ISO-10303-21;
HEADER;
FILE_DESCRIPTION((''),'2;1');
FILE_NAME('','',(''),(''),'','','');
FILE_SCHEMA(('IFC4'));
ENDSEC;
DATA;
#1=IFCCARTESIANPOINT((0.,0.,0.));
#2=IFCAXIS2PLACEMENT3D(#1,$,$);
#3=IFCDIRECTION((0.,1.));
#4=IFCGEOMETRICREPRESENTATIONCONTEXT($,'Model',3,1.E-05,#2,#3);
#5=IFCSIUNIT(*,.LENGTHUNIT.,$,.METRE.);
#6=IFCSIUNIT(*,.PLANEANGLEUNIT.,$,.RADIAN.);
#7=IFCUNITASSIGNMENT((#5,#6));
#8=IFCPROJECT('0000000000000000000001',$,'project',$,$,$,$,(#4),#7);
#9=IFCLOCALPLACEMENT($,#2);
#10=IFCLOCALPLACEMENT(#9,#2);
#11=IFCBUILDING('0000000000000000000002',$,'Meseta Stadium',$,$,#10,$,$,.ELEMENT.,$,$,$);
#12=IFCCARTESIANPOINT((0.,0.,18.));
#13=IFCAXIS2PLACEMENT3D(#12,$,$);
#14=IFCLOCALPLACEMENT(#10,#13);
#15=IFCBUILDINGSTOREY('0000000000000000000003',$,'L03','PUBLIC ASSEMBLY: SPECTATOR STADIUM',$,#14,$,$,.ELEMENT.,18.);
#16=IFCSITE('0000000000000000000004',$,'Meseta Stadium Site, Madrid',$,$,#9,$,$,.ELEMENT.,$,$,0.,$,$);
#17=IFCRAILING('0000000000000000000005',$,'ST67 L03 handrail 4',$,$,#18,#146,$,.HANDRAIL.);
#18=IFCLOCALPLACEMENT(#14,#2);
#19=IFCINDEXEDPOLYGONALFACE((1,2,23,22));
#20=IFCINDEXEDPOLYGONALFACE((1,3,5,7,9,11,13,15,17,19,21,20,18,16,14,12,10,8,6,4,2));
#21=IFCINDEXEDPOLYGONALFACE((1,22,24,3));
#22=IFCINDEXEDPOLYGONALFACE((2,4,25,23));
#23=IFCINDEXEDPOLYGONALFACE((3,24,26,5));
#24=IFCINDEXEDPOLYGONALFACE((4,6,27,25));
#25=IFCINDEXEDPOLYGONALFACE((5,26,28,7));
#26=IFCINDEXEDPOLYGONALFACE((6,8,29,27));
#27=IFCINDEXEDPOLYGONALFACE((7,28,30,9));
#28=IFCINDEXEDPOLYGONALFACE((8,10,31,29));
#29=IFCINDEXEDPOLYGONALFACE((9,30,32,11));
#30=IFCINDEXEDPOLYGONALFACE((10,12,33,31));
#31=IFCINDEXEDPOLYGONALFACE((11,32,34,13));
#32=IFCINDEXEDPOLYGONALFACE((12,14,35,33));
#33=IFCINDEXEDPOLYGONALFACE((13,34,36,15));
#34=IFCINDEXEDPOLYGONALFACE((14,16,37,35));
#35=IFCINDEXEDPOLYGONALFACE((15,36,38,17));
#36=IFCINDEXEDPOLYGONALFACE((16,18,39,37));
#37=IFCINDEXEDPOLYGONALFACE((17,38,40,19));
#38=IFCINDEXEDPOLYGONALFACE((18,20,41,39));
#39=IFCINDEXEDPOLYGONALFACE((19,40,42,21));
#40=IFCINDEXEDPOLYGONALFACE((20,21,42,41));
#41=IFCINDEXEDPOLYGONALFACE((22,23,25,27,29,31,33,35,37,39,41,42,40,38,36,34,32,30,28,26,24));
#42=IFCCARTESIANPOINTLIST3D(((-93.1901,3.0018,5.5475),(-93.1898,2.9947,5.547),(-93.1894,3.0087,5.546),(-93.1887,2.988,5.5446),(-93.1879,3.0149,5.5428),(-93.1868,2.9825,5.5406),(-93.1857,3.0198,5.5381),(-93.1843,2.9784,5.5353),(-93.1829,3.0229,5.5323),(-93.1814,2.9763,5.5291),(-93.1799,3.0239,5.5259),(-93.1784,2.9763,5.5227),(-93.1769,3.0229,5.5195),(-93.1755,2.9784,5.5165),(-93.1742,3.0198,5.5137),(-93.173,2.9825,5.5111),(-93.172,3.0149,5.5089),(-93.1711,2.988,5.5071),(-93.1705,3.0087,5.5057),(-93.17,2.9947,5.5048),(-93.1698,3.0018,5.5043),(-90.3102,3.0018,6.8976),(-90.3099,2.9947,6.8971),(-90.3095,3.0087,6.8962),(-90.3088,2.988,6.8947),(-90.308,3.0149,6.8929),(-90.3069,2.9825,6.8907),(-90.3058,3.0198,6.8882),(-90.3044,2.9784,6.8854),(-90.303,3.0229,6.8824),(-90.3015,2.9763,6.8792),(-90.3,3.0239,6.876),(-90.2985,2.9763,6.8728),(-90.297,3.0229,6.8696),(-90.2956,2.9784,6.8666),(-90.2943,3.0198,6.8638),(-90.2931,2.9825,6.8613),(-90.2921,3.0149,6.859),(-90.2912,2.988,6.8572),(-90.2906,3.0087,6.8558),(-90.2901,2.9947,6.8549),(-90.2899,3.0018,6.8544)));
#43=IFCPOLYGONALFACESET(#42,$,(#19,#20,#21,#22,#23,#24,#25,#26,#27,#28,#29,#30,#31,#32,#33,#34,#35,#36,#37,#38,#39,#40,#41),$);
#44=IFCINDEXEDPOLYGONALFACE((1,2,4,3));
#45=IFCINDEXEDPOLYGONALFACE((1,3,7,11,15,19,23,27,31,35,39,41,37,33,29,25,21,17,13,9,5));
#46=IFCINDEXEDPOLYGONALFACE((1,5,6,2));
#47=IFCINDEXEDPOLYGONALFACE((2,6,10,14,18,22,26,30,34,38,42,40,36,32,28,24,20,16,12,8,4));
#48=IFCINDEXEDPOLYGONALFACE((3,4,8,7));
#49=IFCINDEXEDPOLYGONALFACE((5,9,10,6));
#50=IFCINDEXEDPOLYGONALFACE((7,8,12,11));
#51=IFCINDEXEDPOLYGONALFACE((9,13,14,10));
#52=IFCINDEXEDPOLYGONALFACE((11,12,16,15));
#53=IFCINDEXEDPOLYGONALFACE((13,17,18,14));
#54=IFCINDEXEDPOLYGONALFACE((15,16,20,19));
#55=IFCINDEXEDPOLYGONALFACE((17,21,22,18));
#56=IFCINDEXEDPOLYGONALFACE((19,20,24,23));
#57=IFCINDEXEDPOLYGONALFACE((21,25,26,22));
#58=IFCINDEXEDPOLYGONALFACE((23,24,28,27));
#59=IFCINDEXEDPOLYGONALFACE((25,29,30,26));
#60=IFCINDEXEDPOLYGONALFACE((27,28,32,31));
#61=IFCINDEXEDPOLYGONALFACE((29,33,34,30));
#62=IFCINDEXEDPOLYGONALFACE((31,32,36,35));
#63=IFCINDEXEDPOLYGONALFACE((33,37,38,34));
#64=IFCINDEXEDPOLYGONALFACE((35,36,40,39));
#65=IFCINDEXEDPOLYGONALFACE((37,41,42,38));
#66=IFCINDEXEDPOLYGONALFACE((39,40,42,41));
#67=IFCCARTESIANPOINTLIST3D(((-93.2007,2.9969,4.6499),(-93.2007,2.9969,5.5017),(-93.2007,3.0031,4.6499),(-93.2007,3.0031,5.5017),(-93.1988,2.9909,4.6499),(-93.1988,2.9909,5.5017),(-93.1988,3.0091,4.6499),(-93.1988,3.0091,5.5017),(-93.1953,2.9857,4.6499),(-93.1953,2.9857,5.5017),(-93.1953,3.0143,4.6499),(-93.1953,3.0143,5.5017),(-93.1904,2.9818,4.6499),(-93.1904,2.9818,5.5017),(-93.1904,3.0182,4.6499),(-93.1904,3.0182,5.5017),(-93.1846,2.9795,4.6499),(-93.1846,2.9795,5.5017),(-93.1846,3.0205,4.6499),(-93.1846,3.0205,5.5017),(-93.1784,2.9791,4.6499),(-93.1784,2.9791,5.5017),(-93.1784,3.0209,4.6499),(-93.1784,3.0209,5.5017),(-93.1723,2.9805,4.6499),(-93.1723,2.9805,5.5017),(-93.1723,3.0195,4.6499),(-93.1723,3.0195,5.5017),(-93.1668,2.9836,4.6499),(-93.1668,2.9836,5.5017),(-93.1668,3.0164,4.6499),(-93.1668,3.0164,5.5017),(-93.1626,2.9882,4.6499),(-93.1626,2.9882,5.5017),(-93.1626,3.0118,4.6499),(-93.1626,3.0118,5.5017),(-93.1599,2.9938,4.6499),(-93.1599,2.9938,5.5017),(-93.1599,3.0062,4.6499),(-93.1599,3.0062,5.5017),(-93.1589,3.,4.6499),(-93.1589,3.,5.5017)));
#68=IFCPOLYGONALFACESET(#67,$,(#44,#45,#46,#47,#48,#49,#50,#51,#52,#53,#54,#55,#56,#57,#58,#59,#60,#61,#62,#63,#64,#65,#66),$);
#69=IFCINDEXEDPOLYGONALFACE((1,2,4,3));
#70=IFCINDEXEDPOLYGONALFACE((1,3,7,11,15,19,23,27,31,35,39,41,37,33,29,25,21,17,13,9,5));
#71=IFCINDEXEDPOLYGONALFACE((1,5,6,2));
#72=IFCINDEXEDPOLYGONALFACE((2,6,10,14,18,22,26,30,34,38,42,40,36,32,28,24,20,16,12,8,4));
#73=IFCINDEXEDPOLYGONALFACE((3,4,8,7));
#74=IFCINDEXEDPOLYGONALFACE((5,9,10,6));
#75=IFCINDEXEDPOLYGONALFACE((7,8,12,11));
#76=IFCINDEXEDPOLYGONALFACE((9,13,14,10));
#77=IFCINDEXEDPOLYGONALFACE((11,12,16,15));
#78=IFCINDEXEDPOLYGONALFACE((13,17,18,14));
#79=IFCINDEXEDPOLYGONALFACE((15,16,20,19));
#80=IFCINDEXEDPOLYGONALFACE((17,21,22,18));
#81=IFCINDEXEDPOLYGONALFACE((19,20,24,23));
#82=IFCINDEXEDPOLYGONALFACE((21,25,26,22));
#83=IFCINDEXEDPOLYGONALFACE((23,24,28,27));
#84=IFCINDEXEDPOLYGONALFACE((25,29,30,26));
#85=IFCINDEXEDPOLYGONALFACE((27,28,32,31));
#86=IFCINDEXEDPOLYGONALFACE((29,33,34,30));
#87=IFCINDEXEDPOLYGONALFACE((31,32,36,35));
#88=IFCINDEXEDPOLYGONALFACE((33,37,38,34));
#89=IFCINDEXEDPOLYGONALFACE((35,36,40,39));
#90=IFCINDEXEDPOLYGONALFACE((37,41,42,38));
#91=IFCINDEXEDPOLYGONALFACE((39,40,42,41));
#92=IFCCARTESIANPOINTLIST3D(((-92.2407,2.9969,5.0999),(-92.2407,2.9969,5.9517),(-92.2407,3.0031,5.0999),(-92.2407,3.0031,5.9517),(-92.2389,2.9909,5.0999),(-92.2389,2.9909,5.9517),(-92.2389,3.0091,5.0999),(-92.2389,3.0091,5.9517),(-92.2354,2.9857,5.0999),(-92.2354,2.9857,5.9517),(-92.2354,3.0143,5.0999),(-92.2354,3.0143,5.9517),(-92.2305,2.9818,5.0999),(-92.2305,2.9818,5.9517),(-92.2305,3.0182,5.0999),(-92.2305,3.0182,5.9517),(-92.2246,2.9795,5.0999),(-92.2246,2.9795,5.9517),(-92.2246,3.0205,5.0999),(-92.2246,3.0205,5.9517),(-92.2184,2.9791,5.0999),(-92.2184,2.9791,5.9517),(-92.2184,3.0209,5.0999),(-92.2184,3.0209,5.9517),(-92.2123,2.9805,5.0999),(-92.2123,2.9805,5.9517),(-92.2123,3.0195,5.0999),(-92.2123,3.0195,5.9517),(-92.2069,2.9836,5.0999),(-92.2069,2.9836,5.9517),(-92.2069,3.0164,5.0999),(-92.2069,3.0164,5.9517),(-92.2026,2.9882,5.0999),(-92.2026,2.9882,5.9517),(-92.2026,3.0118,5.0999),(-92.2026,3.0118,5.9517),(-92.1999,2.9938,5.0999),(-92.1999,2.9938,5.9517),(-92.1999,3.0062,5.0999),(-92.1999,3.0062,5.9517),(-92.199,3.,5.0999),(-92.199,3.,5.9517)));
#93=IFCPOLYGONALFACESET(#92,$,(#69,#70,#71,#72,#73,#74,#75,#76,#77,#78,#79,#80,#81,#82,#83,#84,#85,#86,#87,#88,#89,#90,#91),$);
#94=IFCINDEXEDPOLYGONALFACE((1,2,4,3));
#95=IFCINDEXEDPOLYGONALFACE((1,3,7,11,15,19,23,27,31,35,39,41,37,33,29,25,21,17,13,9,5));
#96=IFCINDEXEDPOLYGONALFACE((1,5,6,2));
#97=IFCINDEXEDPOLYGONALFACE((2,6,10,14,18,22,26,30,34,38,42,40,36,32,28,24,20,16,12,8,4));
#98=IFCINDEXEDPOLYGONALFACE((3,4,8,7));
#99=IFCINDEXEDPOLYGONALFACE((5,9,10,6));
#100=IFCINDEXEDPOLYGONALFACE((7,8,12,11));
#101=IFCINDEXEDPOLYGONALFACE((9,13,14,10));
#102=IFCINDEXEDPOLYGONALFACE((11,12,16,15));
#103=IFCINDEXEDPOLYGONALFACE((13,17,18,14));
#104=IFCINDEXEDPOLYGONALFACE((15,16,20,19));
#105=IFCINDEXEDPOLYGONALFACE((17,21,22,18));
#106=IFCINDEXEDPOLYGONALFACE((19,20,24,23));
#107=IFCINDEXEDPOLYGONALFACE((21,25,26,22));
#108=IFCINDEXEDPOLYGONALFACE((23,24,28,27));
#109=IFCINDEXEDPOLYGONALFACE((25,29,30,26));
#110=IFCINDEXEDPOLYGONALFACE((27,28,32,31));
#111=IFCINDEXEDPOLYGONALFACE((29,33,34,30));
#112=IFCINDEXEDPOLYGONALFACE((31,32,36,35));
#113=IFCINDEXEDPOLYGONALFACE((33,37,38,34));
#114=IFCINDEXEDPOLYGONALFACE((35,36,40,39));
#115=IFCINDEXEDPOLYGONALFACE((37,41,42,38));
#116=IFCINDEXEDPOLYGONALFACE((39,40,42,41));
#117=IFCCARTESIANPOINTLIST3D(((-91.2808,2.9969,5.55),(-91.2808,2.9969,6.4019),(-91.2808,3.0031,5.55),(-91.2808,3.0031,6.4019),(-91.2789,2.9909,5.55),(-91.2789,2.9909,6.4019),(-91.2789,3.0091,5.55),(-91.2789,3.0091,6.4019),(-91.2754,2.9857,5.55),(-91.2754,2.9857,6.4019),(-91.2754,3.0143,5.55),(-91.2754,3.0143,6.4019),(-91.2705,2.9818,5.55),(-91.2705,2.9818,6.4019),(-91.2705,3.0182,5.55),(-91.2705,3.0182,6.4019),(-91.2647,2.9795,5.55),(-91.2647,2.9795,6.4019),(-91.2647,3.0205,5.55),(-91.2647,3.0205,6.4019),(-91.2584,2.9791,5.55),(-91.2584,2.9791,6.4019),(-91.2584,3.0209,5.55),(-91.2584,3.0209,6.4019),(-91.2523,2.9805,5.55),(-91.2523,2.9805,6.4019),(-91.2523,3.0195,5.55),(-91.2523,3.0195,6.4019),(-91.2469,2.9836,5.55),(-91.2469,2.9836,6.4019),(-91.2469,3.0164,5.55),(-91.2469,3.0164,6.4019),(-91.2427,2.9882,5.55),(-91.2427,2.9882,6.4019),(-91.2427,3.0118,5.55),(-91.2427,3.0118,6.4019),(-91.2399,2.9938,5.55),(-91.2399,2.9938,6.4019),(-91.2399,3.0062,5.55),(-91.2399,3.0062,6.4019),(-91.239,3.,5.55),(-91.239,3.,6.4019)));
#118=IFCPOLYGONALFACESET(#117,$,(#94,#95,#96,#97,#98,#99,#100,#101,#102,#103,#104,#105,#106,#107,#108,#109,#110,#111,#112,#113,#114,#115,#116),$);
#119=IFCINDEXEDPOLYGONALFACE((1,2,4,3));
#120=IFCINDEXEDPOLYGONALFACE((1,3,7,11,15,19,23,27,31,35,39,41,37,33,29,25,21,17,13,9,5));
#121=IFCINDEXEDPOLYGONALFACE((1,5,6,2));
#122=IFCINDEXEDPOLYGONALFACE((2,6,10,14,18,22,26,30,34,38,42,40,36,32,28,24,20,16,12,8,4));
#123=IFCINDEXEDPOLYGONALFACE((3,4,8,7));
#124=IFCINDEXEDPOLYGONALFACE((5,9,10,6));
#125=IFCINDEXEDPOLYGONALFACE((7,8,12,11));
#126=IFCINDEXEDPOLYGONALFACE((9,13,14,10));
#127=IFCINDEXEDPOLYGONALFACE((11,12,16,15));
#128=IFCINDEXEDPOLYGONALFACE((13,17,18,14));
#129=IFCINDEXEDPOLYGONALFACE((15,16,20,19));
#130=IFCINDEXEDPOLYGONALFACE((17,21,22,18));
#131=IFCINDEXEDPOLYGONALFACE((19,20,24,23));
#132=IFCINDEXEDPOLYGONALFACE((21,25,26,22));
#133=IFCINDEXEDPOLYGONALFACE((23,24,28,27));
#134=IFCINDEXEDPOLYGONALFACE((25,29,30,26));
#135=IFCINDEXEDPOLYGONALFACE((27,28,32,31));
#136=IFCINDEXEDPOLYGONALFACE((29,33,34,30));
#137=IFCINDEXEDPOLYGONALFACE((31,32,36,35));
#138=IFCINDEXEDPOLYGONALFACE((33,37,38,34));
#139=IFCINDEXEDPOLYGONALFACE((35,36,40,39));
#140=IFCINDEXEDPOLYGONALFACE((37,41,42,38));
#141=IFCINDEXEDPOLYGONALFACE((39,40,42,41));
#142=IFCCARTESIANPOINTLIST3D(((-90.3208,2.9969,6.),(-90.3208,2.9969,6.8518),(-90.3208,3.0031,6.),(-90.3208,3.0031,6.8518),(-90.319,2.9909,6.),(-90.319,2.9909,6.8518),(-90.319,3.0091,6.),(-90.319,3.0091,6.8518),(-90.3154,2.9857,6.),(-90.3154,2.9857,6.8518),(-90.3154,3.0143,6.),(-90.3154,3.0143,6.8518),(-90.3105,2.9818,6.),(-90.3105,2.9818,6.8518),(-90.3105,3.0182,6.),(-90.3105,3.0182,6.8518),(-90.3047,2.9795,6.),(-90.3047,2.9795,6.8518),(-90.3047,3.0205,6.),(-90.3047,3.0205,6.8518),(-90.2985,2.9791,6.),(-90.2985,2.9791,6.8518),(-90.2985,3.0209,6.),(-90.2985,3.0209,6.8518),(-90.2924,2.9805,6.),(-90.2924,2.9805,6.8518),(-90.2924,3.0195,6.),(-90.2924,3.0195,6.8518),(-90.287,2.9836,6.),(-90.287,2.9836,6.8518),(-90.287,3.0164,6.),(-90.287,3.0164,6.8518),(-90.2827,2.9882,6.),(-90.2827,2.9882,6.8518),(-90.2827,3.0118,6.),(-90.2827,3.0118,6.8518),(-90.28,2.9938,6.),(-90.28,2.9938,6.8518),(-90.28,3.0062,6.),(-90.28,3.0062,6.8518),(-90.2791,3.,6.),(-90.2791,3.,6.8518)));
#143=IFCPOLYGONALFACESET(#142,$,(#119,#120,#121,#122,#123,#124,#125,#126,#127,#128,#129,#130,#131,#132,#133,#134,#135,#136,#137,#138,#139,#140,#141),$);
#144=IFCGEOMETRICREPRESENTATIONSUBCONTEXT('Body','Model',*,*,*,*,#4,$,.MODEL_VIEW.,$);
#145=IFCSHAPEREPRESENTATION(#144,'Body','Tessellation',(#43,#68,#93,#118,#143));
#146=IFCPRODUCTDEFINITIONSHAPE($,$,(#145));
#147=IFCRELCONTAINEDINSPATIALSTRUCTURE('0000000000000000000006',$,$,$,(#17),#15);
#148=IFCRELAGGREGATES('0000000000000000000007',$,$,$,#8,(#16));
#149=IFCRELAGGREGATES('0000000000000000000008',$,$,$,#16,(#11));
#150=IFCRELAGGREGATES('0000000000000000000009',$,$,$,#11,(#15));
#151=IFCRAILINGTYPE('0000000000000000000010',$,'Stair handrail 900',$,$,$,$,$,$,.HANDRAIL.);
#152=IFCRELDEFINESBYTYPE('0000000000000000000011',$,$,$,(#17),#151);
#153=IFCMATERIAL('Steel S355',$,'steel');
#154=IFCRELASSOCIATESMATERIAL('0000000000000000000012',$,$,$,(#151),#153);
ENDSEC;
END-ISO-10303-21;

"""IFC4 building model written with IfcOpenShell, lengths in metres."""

from ifc_helpers import new_model, si_unit, direction, frame, origin, origin_2d, place, context, subcontext, project, spatial, circle, extrude, material, type_object, element, save


model = new_model("IFC4")

# Units and contexts
model_context = context("Model", 3, precision=1e-05, world=origin(), true_north=direction((0.0, 1.0)))
body_context = subcontext(model_context, "Body", "Model", "MODEL_VIEW")
ifc_project = project(units=[si_unit("LENGTHUNIT", "METRE"), si_unit("PLANEANGLEUNIT", "RADIAN")], contexts=[model_context])

# Site, building, storey
site_placement = place(None, origin())
site = spatial("IfcSite", under=ifc_project, at=site_placement, Name="Meseta Stadium Site, Madrid", CompositionType="ELEMENT", RefElevation=0.0)
building_placement = place(site_placement, origin())
building = spatial("IfcBuilding", under=site, at=building_placement, Name="Meseta Stadium", CompositionType="ELEMENT")
storey_placement = place(building_placement, frame((0.0, 0.0, 18.0)))
storey = spatial("IfcBuildingStorey", under=building, at=storey_placement, Name="L03", Description="PUBLIC ASSEMBLY: SPECTATOR STADIUM", CompositionType="ELEMENT", Elevation=18.0)

# Railing
ifc_material_1 = material(Name="Steel S355", Category="steel")
railing_type_1 = type_object("IfcRailingType", Name="Stair handrail 900", PredefinedType="HANDRAIL", material=ifc_material_1)
for number, where, name in (
    (1, (-93.1799, 3.0, 4.6499), "ST67 L03 handrail 4"),
):
    element("IfcRailing", number, at=place(storey_placement, frame(where)), inside=storey, type_object=railing_type_1, Name=name, PredefinedType="HANDRAIL", context=body_context, shape_type="SweptSolid", body=[
        extrude(circle(Radius=0.0239, at=origin_2d()), frame((0.0, 0.0, 0.876), z_axis=(0.90544, 0.0, 0.424473), x_axis=(0.0, 1.0, 0.0)), (0.0, 0.0, 1.0), 3.1807),
        extrude(circle(Radius=0.021, at=origin_2d()), origin(), (0.0, 0.0, 1.0), 0.8518),
        extrude(circle(Radius=0.021, at=origin_2d()), frame((0.96, 0.0, 0.45)), (0.0, 0.0, 1.0), 0.8518),
        extrude(circle(Radius=0.021, at=origin_2d()), frame((1.9199, 0.0, 0.9001)), (0.0, 0.0, 1.0), 0.8518),
        extrude(circle(Radius=0.021, at=origin_2d()), frame((2.8799, 0.0, 1.3501)), (0.0, 0.0, 1.0), 0.8518),
    ])

save(model, "model.ifc")
